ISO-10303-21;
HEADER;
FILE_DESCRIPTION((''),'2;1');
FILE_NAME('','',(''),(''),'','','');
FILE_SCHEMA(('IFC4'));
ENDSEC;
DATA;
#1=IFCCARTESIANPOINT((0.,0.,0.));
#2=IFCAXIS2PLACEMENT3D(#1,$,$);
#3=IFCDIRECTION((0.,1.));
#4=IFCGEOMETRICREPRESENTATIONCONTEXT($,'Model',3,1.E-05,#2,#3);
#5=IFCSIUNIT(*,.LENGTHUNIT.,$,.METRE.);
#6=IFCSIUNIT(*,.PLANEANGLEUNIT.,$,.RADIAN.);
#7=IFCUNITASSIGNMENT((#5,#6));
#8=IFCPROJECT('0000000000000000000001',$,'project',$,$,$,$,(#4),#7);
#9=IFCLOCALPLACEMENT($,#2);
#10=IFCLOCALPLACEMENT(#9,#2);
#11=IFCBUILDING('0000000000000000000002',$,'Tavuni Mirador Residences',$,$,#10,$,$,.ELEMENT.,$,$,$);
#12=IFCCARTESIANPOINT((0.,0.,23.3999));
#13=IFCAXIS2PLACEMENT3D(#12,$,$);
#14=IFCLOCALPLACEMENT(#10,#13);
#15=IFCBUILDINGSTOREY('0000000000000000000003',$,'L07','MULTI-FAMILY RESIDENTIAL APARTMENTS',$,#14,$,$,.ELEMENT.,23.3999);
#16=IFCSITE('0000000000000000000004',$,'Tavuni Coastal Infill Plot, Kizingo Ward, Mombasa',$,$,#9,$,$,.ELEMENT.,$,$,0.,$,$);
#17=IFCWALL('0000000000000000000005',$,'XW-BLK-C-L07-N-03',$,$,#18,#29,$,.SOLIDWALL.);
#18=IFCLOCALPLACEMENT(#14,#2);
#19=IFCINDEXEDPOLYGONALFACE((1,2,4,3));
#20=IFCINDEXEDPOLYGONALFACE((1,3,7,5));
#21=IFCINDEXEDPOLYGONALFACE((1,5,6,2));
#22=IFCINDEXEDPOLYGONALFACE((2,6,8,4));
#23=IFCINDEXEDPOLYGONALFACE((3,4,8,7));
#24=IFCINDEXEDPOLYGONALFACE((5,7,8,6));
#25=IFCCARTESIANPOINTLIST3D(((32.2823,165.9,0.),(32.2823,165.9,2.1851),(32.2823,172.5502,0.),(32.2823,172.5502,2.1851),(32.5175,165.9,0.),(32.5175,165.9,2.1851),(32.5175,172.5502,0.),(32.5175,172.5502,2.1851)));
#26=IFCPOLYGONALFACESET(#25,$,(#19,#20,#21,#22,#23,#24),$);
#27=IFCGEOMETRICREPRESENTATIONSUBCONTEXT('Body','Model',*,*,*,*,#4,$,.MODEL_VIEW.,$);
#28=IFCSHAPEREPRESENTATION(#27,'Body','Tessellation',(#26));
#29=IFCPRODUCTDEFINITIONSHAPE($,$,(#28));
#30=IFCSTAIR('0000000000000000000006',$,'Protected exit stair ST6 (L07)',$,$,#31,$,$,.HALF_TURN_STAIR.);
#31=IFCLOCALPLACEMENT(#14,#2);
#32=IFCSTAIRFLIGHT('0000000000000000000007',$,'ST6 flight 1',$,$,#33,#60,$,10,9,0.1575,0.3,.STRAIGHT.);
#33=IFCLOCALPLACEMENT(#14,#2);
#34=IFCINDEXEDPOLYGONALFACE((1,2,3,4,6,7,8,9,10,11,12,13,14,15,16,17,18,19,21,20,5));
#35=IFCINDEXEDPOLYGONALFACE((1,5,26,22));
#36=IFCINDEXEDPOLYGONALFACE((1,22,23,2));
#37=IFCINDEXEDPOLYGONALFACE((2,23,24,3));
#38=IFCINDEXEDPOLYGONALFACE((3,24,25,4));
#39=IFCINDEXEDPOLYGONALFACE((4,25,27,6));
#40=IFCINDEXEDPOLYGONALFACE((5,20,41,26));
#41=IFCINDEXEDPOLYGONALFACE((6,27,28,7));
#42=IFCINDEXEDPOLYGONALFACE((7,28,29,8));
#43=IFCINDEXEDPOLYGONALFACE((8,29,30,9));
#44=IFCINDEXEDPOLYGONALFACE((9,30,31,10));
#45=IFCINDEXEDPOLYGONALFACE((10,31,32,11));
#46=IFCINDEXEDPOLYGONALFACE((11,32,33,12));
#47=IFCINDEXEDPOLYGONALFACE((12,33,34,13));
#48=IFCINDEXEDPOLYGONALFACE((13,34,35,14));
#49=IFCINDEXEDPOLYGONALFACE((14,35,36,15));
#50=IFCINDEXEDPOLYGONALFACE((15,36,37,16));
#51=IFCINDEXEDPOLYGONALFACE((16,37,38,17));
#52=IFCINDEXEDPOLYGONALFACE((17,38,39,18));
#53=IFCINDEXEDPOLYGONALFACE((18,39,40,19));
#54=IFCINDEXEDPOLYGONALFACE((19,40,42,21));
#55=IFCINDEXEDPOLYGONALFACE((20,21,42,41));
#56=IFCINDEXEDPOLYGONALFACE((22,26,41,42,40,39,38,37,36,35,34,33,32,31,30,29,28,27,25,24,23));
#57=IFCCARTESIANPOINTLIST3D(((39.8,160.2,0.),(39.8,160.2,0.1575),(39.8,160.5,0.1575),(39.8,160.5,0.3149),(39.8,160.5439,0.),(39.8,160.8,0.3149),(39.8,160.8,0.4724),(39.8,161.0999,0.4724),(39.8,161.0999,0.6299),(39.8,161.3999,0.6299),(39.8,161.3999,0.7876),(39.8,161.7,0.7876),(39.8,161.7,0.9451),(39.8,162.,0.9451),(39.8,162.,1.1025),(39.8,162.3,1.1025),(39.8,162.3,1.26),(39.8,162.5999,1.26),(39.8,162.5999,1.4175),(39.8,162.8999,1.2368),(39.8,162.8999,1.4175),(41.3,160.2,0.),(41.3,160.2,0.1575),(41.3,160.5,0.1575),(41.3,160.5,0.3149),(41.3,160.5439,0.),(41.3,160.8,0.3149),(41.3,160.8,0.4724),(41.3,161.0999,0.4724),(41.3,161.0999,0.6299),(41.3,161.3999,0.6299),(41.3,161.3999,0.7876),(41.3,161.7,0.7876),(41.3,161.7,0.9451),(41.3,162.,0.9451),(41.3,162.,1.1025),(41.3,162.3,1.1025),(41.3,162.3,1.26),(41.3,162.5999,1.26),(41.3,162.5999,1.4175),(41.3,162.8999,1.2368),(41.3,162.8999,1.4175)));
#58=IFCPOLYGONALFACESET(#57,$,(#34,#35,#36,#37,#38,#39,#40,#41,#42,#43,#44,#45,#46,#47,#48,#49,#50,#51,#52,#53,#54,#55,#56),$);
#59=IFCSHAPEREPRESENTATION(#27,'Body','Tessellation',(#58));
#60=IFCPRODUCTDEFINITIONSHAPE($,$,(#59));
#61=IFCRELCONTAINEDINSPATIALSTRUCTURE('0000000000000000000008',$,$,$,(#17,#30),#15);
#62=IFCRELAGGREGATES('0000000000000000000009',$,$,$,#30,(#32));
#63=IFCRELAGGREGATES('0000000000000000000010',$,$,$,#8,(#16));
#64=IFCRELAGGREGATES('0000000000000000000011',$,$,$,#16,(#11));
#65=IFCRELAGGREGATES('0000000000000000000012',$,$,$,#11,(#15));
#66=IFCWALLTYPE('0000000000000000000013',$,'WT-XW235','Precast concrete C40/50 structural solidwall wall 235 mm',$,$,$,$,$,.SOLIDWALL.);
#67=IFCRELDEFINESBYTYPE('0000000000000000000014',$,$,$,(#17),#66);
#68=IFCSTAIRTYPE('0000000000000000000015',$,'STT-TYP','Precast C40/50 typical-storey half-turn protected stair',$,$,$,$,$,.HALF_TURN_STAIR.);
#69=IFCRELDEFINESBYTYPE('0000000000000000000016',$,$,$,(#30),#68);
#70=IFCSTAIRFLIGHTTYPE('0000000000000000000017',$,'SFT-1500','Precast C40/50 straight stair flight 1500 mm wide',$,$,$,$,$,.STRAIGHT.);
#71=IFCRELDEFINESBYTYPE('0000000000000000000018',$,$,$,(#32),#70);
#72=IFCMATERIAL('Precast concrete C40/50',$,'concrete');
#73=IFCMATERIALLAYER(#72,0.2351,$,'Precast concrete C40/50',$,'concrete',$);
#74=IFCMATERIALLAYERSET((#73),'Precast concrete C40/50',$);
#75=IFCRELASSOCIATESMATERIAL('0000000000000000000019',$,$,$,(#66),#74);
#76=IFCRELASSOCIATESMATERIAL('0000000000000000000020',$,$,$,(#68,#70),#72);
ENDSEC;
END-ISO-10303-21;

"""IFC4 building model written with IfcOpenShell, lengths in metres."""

from ifc_helpers import new_model, si_unit, direction, frame, frame_2d, origin, place, context, subcontext, project, spatial, polyline, rectangle, outline, extrude, material, layer, layer_set, type_object, element, aggregate, save


model = new_model("IFC4")

# Units and contexts
model_context = context("Model", 3, precision=1e-05, world=origin(), true_north=direction((0.0, 1.0)))
body_context = subcontext(model_context, "Body", "Model", "MODEL_VIEW")
ifc_project = project(units=[si_unit("LENGTHUNIT", "METRE"), si_unit("PLANEANGLEUNIT", "RADIAN")], contexts=[model_context])

# Site, building, storey
site_placement = place(None, origin())
site = spatial("IfcSite", under=ifc_project, at=site_placement, Name="Tavuni Coastal Infill Plot, Kizingo Ward, Mombasa", CompositionType="ELEMENT", RefElevation=0.0)
building_placement = place(site_placement, origin())
building = spatial("IfcBuilding", under=site, at=building_placement, Name="Tavuni Mirador Residences", CompositionType="ELEMENT")
storey_placement = place(building_placement, frame((0.0, 0.0, 23.3999)))
storey = spatial("IfcBuildingStorey", under=building, at=storey_placement, Name="L07", Description="MULTI-FAMILY RESIDENTIAL APARTMENTS", CompositionType="ELEMENT", Elevation=23.3999)

# Shared definitions
ifc_material_1 = material(Name="Precast concrete C40/50", Category="concrete")

# Wall
ifc_layer_1 = layer(ifc_material_1, 0.2351, Name="Precast concrete C40/50", Category="concrete")
ifc_layer_set_1 = layer_set([ifc_layer_1], Name="Precast concrete C40/50")
wall_type_1 = type_object("IfcWallType", Name="WT-XW235", Description="Precast concrete C40/50 structural solidwall wall 235 mm", PredefinedType="SOLIDWALL", material=ifc_layer_set_1)
wall_1_placement = place(storey_placement, frame((32.3999, 165.8999, 0.0), z_axis=(0.0, 0.0, 1.0), x_axis=(0.0, 1.0, 0.0)))
element("IfcWall", 1, at=wall_1_placement, inside=storey, type_object=wall_type_1, Name="XW-BLK-C-L07-N-03", PredefinedType="SOLIDWALL", context=body_context, shape_type="SweptSolid", body=[
    extrude(rectangle(XDim=6.6501, YDim=0.2351, at=frame_2d((3.3252, 0.0))), origin(), (0.0, 0.0, 1.0), 2.1851),
])

# Stair, stair flight
stair_type = type_object("IfcStairType", Name="STT-TYP", Description="Precast C40/50 typical-storey half-turn protected stair", PredefinedType="HALF_TURN_STAIR", material=ifc_material_1)
stair_placement = place(storey_placement, origin())
stair = element("IfcStair", 2, at=stair_placement, inside=storey, type_object=stair_type, Name="Protected exit stair ST6 (L07)", PredefinedType="HALF_TURN_STAIR")
stair_flight_type = type_object("IfcStairFlightType", Name="SFT-1500", Description="Precast C40/50 straight stair flight 1500 mm wide", PredefinedType="STRAIGHT", material=ifc_material_1)
stair_flight_placement = place(storey_placement, frame((40.55, 160.2, 0.0), z_axis=(0.0, 0.0, 1.0), x_axis=(0.0, 1.0, 0.0)))
stair_flight = element("IfcStairFlight", 3, at=stair_flight_placement, type_object=stair_flight_type, Name="ST6 flight 1", NumberOfRisers=10, NumberOfTreads=9, PredefinedType="STRAIGHT", RiserHeight=0.1575, TreadLength=0.3, context=body_context, shape_type="SweptSolid", body=[
    extrude(outline(polyline([(0.0, 0.0), (0.0, 0.1575), (0.3, 0.1575), (0.3, 0.3149), (0.6001, 0.3149), (0.6001, 0.4724), (0.8999, 0.4724), (0.8999, 0.6299), (1.2, 0.6299), (1.2, 0.7876), (1.5, 0.7876), (1.5, 0.9451), (1.8, 0.9451), (1.8, 1.1025), (2.1001, 1.1025), (2.1001, 1.26), (2.3999, 1.26), (2.3999, 1.4175), (2.7, 1.4175), (2.7, 1.575), (2.7, 1.2368), (0.344, 0.0), (0.0, 0.0)])), frame((0.0, 0.75, 0.0), z_axis=(0.0, -1.0, 0.0), x_axis=(1.0, 0.0, 0.0)), (0.0, 0.0, 1.0), 1.5),
])
aggregate(stair, [stair_flight])

save(model, "model.ifc")
